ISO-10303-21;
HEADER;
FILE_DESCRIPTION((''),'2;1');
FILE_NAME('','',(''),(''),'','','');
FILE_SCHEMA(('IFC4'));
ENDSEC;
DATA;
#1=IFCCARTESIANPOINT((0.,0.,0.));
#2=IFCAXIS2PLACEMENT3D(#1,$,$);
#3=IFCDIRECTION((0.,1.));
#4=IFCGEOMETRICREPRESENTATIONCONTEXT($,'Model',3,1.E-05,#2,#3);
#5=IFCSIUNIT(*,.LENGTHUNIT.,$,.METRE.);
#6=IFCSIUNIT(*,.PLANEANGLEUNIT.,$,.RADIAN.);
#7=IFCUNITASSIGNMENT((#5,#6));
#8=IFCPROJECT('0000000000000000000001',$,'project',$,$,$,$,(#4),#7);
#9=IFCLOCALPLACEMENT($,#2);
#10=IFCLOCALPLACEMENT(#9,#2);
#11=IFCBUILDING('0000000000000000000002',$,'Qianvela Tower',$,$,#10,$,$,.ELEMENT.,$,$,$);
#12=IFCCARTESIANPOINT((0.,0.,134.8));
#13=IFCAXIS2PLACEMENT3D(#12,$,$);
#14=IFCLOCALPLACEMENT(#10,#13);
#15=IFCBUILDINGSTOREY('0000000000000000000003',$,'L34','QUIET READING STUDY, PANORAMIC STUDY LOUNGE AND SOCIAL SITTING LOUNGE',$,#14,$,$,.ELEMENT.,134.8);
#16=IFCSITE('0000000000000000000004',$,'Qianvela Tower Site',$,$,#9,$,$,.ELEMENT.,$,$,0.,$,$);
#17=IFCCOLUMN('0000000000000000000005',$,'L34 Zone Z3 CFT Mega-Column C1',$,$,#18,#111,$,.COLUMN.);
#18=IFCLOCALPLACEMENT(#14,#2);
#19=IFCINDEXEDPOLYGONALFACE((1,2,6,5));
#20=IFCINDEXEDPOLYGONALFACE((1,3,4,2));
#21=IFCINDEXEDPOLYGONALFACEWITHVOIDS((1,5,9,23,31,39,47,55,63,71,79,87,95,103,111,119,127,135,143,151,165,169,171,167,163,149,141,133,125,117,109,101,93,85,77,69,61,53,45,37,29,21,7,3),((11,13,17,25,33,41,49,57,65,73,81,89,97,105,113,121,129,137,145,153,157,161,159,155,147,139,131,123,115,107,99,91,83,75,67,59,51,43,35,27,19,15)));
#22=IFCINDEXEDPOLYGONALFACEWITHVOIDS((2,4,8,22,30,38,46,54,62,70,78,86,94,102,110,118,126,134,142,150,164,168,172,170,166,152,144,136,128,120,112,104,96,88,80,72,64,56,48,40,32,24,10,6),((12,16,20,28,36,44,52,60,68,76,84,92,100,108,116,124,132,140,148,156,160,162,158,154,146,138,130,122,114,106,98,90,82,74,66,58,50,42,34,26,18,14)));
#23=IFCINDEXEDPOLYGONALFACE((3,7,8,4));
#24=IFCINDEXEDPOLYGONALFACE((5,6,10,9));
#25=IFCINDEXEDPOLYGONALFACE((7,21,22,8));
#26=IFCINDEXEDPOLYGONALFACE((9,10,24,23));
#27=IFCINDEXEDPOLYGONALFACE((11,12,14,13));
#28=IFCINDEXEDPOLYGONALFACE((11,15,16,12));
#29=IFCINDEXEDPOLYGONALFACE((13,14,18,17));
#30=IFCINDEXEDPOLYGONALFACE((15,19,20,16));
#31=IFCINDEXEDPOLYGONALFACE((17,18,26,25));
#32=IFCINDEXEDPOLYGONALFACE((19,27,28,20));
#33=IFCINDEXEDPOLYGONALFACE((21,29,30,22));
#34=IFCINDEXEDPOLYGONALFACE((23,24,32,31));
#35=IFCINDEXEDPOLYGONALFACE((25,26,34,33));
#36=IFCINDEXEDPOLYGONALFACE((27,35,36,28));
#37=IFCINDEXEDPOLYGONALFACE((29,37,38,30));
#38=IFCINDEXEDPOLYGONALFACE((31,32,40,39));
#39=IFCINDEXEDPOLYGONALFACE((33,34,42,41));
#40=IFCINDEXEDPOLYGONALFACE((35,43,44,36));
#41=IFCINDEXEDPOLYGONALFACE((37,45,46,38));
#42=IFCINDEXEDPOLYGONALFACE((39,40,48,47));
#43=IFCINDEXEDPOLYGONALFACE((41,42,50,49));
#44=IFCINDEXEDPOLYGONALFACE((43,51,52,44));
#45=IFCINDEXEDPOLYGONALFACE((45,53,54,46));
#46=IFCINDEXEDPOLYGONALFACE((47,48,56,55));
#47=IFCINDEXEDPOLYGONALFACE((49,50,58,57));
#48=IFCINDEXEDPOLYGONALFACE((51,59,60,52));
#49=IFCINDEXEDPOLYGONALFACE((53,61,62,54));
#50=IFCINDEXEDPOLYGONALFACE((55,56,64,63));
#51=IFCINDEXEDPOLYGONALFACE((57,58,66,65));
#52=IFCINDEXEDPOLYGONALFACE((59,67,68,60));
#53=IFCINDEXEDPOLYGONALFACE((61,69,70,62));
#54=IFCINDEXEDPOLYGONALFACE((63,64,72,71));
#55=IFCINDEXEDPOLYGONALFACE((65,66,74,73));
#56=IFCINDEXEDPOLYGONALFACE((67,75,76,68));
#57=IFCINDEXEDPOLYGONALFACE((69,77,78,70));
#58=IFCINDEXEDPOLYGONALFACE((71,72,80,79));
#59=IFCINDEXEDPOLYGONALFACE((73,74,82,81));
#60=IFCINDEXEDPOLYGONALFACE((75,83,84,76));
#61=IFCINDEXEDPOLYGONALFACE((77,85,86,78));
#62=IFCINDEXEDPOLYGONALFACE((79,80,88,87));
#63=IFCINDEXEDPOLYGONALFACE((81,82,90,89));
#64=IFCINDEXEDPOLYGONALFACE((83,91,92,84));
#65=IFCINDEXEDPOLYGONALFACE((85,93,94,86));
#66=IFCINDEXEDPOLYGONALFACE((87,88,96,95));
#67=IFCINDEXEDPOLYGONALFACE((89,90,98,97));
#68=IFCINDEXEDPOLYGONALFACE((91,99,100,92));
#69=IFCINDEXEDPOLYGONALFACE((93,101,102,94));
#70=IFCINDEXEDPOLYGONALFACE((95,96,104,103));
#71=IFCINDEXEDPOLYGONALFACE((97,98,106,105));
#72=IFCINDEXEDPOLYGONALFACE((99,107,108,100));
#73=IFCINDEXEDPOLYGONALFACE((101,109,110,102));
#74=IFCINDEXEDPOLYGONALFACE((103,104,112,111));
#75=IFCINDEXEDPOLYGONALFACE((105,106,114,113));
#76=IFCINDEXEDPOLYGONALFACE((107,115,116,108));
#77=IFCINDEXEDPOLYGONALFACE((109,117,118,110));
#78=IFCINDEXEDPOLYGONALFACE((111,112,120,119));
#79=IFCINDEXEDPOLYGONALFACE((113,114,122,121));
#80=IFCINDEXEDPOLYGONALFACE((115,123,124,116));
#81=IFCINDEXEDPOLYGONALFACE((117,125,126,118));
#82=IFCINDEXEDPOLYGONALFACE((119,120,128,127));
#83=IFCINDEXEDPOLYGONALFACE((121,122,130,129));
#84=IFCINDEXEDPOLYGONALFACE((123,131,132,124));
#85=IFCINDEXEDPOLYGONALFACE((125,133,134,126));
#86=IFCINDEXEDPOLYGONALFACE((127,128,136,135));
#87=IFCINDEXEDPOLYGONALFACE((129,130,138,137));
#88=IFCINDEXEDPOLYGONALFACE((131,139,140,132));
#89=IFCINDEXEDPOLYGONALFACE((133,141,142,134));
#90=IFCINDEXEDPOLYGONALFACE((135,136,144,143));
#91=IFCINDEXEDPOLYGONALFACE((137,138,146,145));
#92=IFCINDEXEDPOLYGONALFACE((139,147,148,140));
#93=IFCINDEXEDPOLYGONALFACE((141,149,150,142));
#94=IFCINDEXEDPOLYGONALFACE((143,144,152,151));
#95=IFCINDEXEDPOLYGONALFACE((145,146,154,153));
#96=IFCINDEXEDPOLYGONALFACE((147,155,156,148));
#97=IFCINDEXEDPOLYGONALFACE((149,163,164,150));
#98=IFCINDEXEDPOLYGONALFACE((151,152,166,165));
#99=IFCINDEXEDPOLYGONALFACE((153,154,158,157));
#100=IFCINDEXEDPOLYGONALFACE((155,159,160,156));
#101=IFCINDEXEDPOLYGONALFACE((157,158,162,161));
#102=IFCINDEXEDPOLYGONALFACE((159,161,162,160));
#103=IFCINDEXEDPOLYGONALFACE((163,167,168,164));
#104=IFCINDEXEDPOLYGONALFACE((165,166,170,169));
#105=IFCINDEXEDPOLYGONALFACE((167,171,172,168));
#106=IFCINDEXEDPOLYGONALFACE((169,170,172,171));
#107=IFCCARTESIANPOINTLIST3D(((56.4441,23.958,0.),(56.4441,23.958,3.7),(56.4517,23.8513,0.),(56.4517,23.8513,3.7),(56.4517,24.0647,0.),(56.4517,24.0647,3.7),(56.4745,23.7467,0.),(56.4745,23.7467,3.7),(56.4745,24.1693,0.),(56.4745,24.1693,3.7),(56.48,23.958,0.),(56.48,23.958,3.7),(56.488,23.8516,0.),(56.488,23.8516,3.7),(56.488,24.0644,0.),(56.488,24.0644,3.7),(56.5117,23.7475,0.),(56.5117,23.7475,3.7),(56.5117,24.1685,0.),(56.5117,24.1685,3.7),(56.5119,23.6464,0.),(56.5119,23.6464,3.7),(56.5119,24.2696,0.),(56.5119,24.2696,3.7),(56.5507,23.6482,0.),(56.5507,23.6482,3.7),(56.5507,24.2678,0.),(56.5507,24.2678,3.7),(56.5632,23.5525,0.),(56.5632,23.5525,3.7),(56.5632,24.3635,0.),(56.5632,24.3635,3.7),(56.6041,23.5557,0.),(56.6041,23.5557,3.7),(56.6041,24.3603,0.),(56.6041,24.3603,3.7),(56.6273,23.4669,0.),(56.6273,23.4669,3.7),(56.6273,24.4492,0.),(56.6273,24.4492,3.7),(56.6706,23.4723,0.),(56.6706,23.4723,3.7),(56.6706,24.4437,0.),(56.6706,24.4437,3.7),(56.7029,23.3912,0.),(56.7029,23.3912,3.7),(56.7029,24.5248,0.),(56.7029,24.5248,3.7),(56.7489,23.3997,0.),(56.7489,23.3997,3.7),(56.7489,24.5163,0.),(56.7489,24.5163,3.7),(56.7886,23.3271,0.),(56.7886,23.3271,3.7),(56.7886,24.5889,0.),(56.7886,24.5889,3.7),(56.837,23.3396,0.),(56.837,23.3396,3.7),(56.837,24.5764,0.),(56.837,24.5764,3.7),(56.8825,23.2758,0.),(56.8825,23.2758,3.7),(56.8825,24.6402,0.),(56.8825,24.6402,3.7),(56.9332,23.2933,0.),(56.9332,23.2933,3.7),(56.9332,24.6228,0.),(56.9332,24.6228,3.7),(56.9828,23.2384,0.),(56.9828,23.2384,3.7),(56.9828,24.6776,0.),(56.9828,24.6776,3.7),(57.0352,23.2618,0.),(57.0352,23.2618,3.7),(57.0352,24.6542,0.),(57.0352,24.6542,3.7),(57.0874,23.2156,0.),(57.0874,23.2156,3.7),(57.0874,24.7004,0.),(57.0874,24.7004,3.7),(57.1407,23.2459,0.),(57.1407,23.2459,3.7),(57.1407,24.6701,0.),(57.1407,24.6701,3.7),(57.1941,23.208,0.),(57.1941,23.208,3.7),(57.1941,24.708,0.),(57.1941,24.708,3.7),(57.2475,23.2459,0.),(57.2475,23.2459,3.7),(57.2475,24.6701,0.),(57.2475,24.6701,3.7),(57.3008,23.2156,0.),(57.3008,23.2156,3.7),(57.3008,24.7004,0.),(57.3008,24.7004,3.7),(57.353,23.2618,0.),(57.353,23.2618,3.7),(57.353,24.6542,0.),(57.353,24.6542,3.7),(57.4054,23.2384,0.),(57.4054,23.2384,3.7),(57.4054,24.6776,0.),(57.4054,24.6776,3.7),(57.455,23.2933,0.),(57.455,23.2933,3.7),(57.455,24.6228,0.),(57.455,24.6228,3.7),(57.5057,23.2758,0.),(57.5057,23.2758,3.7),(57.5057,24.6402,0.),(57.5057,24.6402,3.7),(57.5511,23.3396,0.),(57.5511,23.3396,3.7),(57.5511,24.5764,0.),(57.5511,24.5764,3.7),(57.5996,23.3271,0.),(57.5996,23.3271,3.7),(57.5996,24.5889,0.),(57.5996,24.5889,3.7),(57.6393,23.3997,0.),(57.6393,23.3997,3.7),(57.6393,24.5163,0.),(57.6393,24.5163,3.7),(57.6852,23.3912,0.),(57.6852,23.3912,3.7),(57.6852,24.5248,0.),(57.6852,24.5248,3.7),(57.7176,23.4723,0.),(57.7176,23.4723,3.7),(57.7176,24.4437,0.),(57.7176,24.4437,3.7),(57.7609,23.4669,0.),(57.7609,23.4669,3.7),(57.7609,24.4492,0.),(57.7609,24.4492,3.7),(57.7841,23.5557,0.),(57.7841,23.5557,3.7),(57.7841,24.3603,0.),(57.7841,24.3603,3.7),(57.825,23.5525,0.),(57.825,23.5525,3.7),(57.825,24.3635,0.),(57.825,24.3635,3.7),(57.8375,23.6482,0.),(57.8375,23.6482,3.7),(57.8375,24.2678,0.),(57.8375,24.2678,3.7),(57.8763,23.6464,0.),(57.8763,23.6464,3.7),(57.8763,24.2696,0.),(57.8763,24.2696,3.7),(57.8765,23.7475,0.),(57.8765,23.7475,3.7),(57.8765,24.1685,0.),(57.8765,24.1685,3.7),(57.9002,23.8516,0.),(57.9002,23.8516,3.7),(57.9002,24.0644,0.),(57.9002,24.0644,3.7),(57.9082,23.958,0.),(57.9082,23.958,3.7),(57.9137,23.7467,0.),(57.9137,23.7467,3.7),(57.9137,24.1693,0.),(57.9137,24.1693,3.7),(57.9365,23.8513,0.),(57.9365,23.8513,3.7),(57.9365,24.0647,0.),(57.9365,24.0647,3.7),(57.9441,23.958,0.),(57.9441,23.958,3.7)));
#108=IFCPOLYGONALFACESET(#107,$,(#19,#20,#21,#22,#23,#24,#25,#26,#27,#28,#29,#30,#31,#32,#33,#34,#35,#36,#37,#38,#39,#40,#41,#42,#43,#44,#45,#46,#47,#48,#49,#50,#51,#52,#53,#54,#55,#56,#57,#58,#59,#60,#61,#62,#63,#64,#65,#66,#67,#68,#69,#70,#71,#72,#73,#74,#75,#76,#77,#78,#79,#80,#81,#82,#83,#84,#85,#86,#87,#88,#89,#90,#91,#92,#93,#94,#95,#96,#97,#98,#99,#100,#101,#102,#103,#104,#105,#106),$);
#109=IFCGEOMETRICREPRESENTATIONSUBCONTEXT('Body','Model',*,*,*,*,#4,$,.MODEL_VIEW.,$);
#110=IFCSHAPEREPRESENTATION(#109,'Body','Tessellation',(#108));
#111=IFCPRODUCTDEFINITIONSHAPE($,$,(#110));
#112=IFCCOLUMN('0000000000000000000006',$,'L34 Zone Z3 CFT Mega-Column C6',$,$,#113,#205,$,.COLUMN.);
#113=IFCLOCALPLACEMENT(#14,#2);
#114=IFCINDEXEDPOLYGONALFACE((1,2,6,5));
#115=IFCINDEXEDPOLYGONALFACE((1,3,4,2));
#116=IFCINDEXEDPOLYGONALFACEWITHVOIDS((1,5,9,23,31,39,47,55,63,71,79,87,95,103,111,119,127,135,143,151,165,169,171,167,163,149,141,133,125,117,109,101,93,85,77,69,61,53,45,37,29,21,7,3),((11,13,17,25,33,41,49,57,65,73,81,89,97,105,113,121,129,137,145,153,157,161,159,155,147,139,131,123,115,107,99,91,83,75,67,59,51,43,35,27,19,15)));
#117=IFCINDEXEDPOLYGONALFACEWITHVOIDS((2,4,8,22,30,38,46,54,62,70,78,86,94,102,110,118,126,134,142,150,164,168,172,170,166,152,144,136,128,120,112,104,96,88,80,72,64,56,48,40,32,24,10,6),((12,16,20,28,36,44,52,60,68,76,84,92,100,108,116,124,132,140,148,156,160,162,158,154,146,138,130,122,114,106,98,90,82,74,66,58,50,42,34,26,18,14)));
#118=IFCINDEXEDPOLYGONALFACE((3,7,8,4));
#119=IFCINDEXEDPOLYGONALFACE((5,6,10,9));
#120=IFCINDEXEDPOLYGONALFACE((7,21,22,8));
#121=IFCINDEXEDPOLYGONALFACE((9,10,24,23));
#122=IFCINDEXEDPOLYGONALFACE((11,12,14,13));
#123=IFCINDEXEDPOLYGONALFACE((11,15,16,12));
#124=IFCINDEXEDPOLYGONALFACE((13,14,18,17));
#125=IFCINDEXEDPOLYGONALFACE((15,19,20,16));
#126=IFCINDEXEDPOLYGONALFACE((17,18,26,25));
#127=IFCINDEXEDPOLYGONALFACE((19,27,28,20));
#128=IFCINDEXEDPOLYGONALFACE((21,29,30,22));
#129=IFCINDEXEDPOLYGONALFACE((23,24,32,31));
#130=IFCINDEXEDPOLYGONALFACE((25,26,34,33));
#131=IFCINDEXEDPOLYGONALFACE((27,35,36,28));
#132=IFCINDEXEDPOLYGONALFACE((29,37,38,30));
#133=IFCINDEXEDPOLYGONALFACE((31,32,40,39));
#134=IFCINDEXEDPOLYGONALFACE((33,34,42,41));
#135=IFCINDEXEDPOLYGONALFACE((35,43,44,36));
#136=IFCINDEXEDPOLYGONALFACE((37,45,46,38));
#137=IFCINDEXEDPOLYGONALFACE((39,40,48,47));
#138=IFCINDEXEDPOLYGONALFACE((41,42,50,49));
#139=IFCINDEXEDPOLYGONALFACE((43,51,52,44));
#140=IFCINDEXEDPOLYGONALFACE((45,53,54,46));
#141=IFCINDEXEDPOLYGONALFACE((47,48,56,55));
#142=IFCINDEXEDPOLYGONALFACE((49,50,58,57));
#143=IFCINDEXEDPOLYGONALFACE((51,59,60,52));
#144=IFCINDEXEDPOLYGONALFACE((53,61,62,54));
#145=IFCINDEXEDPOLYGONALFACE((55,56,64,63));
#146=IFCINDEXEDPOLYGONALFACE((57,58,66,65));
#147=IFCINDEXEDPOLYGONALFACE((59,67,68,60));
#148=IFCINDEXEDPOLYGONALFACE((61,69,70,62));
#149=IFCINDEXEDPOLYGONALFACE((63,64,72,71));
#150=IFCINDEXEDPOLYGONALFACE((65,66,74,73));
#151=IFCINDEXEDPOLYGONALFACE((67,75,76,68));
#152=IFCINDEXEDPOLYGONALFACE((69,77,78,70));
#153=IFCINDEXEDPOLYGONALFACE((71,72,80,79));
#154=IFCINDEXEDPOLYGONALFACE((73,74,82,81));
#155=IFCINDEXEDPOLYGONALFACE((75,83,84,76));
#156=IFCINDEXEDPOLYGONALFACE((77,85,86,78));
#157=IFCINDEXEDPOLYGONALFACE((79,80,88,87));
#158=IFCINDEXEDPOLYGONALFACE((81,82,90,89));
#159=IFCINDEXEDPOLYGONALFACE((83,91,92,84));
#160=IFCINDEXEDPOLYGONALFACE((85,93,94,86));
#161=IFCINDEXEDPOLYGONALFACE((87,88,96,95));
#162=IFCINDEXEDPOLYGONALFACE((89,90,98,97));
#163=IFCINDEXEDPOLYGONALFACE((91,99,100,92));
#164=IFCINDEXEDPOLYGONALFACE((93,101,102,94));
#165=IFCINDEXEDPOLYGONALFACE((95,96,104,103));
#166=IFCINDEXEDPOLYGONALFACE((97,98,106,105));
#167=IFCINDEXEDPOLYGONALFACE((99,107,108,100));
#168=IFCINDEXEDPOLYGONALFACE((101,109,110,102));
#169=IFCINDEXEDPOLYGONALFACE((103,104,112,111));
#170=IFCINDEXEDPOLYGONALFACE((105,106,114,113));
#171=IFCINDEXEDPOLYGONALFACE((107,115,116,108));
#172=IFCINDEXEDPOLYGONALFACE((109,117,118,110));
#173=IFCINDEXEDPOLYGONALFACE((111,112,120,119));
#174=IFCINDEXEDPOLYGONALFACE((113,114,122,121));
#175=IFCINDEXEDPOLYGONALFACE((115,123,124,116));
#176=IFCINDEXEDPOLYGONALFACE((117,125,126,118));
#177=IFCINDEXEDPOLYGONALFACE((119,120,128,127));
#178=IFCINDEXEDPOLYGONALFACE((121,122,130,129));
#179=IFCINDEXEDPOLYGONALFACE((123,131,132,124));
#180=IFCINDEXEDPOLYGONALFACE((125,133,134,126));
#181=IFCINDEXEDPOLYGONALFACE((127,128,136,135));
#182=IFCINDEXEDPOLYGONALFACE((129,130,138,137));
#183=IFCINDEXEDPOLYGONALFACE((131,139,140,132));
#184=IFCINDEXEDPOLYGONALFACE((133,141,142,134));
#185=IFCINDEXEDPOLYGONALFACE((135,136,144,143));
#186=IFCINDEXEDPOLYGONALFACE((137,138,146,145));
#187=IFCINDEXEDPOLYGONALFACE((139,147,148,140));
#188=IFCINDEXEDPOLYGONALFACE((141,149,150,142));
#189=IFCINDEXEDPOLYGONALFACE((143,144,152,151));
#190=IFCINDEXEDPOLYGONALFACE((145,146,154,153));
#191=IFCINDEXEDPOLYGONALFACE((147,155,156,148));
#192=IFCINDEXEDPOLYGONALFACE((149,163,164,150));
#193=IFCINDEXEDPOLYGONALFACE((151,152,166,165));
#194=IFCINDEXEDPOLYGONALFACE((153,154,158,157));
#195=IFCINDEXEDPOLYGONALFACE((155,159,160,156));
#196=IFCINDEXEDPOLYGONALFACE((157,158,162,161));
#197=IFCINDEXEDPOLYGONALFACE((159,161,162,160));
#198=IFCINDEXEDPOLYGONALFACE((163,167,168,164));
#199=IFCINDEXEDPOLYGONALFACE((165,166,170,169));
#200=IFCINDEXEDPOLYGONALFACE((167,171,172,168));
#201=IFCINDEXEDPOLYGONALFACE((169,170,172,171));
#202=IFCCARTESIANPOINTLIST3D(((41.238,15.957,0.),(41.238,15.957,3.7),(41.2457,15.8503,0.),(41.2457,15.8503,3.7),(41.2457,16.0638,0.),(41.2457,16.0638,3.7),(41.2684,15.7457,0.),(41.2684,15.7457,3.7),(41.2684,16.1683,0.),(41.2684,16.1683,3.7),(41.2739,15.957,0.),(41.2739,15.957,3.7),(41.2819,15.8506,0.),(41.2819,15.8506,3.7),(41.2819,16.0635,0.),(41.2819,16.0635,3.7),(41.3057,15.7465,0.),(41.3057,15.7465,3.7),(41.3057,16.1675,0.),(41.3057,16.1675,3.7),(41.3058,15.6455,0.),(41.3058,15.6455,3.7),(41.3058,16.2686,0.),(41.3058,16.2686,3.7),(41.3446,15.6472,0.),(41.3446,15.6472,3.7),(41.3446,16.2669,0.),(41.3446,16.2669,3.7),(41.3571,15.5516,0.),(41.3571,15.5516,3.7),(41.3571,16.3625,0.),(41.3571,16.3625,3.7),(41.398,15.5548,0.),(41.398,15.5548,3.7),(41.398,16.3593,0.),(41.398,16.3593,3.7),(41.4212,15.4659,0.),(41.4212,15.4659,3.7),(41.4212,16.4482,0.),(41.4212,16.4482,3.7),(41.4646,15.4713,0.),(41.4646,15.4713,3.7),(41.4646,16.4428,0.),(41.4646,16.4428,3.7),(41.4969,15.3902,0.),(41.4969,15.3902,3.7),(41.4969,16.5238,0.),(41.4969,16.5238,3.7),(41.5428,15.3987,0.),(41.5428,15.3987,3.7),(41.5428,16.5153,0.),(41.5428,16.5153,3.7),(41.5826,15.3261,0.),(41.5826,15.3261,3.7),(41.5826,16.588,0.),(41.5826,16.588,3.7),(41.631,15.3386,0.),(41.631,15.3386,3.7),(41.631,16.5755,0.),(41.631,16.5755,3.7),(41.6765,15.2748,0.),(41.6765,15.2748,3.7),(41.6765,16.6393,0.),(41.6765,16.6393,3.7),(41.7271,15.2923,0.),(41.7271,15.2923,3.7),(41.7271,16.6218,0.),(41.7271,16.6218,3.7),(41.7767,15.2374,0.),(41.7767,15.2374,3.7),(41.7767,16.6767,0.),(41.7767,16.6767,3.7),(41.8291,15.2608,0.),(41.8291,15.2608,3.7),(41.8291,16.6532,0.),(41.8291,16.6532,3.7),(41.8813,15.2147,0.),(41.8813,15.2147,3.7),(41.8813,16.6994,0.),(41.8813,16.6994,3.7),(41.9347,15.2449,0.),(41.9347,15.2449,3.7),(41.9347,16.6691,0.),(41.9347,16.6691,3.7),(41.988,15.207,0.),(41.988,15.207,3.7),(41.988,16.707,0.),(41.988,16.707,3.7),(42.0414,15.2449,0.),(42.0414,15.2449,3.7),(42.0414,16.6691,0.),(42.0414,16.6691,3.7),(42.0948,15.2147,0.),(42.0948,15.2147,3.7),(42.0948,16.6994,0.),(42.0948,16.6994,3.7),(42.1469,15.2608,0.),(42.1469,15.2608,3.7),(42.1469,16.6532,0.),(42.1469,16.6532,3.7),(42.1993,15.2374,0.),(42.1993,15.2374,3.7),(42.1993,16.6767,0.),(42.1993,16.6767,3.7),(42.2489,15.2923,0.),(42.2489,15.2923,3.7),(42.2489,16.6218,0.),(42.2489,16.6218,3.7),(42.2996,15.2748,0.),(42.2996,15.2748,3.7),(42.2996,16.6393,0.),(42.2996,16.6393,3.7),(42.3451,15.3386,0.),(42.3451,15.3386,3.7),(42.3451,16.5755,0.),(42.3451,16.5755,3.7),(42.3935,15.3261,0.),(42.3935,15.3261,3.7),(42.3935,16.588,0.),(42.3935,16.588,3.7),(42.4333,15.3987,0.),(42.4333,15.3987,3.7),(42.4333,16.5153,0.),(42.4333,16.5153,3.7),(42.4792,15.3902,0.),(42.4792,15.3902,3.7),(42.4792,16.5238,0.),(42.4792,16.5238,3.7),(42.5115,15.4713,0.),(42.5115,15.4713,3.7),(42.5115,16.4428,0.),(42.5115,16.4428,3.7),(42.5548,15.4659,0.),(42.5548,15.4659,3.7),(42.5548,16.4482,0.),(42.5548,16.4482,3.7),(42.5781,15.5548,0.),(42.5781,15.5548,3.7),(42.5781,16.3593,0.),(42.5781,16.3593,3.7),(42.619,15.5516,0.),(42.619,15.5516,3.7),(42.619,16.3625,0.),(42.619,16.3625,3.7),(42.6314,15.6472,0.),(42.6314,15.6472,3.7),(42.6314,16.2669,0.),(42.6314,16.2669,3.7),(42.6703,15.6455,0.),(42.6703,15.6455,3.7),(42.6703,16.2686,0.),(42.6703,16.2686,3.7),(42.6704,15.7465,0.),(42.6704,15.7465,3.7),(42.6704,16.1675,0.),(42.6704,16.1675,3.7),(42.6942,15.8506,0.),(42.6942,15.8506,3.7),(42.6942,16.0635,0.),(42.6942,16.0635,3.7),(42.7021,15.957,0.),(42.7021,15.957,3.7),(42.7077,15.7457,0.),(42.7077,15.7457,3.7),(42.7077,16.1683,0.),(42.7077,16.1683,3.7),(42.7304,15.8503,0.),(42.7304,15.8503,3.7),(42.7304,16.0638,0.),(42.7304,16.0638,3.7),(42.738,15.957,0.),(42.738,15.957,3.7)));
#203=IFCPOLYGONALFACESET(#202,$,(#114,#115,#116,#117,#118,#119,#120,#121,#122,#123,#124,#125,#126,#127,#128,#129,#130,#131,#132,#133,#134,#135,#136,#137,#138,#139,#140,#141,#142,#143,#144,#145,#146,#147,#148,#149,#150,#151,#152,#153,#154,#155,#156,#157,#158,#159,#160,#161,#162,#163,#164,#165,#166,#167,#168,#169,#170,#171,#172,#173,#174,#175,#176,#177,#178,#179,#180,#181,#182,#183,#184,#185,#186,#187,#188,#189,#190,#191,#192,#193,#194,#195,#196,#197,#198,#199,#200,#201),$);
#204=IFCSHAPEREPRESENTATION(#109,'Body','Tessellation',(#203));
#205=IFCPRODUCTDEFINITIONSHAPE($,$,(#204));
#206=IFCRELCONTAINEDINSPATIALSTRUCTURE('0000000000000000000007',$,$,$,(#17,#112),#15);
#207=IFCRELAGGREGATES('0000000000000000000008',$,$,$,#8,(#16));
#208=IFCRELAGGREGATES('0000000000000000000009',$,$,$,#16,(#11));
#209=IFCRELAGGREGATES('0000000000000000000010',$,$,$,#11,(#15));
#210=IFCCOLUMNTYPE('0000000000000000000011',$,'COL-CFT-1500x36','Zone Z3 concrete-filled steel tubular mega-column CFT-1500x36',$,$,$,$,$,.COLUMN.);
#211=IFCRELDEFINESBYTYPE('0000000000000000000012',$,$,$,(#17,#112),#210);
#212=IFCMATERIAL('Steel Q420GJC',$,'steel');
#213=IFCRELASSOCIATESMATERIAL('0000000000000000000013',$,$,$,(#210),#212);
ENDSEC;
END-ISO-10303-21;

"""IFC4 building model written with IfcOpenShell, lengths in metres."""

from ifc_helpers import new_model, si_unit, direction, frame, origin, origin_2d, place, context, subcontext, project, spatial, hollow_circle, extrude, material, material_profile, profile_set, type_object, element, save


model = new_model("IFC4")

# Units and contexts
model_context = context("Model", 3, precision=1e-05, world=origin(), true_north=direction((0.0, 1.0)))
body_context = subcontext(model_context, "Body", "Model", "MODEL_VIEW")
ifc_project = project(units=[si_unit("LENGTHUNIT", "METRE"), si_unit("PLANEANGLEUNIT", "RADIAN")], contexts=[model_context])

# Site, building, storey
site_placement = place(None, origin())
site = spatial("IfcSite", under=ifc_project, at=site_placement, Name="Qianvela Tower Site", CompositionType="ELEMENT", RefElevation=0.0)
building_placement = place(site_placement, origin())
building = spatial("IfcBuilding", under=site, at=building_placement, Name="Qianvela Tower", CompositionType="ELEMENT")
storey_placement = place(building_placement, frame((0.0, 0.0, 134.8)))
storey = spatial("IfcBuildingStorey", under=building, at=storey_placement, Name="L34", Description="QUIET READING STUDY, PANORAMIC STUDY LOUNGE AND SOCIAL SITTING LOUNGE", CompositionType="ELEMENT", Elevation=134.8)

# Columns
ifc_material_1 = material(Name="Steel Q420GJC", Category="steel")
ifc_material_profile_1 = material_profile(ifc_material_1, hollow_circle(Radius=0.75, WallThickness=0.0359, at=origin_2d()), Name="CFT-1500x36")
ifc_profile_set_1 = profile_set([ifc_material_profile_1], Name="Steel Q420GJC")
column_type = type_object("IfcColumnType", Name="COL-CFT-1500x36", Description="Zone Z3 concrete-filled steel tubular mega-column CFT-1500x36", PredefinedType="COLUMN", material=ifc_profile_set_1)
for number, where, z_axis, x_axis, name in (
    (1, (57.1941, 23.958, 0.0), (0.0, 0.0, 1.0), (1.0, 0.0, 0.0), "L34 Zone Z3 CFT Mega-Column C1"),
    (2, (41.988, 15.957, 0.0), (0.0, 0.0, 1.0), (1.0, 0.0, 0.0), "L34 Zone Z3 CFT Mega-Column C6"),
):
    element("IfcColumn", number, at=place(storey_placement, frame(where, z_axis=z_axis, x_axis=x_axis)), inside=storey, type_object=column_type, Name=name, PredefinedType="COLUMN", context=body_context, shape_type="SweptSolid", body=[
        extrude(hollow_circle(Radius=0.75, WallThickness=0.0359, at=origin_2d()), origin(), (0.0, 0.0, 1.0), 3.7),
    ])

save(model, "model.ifc")
